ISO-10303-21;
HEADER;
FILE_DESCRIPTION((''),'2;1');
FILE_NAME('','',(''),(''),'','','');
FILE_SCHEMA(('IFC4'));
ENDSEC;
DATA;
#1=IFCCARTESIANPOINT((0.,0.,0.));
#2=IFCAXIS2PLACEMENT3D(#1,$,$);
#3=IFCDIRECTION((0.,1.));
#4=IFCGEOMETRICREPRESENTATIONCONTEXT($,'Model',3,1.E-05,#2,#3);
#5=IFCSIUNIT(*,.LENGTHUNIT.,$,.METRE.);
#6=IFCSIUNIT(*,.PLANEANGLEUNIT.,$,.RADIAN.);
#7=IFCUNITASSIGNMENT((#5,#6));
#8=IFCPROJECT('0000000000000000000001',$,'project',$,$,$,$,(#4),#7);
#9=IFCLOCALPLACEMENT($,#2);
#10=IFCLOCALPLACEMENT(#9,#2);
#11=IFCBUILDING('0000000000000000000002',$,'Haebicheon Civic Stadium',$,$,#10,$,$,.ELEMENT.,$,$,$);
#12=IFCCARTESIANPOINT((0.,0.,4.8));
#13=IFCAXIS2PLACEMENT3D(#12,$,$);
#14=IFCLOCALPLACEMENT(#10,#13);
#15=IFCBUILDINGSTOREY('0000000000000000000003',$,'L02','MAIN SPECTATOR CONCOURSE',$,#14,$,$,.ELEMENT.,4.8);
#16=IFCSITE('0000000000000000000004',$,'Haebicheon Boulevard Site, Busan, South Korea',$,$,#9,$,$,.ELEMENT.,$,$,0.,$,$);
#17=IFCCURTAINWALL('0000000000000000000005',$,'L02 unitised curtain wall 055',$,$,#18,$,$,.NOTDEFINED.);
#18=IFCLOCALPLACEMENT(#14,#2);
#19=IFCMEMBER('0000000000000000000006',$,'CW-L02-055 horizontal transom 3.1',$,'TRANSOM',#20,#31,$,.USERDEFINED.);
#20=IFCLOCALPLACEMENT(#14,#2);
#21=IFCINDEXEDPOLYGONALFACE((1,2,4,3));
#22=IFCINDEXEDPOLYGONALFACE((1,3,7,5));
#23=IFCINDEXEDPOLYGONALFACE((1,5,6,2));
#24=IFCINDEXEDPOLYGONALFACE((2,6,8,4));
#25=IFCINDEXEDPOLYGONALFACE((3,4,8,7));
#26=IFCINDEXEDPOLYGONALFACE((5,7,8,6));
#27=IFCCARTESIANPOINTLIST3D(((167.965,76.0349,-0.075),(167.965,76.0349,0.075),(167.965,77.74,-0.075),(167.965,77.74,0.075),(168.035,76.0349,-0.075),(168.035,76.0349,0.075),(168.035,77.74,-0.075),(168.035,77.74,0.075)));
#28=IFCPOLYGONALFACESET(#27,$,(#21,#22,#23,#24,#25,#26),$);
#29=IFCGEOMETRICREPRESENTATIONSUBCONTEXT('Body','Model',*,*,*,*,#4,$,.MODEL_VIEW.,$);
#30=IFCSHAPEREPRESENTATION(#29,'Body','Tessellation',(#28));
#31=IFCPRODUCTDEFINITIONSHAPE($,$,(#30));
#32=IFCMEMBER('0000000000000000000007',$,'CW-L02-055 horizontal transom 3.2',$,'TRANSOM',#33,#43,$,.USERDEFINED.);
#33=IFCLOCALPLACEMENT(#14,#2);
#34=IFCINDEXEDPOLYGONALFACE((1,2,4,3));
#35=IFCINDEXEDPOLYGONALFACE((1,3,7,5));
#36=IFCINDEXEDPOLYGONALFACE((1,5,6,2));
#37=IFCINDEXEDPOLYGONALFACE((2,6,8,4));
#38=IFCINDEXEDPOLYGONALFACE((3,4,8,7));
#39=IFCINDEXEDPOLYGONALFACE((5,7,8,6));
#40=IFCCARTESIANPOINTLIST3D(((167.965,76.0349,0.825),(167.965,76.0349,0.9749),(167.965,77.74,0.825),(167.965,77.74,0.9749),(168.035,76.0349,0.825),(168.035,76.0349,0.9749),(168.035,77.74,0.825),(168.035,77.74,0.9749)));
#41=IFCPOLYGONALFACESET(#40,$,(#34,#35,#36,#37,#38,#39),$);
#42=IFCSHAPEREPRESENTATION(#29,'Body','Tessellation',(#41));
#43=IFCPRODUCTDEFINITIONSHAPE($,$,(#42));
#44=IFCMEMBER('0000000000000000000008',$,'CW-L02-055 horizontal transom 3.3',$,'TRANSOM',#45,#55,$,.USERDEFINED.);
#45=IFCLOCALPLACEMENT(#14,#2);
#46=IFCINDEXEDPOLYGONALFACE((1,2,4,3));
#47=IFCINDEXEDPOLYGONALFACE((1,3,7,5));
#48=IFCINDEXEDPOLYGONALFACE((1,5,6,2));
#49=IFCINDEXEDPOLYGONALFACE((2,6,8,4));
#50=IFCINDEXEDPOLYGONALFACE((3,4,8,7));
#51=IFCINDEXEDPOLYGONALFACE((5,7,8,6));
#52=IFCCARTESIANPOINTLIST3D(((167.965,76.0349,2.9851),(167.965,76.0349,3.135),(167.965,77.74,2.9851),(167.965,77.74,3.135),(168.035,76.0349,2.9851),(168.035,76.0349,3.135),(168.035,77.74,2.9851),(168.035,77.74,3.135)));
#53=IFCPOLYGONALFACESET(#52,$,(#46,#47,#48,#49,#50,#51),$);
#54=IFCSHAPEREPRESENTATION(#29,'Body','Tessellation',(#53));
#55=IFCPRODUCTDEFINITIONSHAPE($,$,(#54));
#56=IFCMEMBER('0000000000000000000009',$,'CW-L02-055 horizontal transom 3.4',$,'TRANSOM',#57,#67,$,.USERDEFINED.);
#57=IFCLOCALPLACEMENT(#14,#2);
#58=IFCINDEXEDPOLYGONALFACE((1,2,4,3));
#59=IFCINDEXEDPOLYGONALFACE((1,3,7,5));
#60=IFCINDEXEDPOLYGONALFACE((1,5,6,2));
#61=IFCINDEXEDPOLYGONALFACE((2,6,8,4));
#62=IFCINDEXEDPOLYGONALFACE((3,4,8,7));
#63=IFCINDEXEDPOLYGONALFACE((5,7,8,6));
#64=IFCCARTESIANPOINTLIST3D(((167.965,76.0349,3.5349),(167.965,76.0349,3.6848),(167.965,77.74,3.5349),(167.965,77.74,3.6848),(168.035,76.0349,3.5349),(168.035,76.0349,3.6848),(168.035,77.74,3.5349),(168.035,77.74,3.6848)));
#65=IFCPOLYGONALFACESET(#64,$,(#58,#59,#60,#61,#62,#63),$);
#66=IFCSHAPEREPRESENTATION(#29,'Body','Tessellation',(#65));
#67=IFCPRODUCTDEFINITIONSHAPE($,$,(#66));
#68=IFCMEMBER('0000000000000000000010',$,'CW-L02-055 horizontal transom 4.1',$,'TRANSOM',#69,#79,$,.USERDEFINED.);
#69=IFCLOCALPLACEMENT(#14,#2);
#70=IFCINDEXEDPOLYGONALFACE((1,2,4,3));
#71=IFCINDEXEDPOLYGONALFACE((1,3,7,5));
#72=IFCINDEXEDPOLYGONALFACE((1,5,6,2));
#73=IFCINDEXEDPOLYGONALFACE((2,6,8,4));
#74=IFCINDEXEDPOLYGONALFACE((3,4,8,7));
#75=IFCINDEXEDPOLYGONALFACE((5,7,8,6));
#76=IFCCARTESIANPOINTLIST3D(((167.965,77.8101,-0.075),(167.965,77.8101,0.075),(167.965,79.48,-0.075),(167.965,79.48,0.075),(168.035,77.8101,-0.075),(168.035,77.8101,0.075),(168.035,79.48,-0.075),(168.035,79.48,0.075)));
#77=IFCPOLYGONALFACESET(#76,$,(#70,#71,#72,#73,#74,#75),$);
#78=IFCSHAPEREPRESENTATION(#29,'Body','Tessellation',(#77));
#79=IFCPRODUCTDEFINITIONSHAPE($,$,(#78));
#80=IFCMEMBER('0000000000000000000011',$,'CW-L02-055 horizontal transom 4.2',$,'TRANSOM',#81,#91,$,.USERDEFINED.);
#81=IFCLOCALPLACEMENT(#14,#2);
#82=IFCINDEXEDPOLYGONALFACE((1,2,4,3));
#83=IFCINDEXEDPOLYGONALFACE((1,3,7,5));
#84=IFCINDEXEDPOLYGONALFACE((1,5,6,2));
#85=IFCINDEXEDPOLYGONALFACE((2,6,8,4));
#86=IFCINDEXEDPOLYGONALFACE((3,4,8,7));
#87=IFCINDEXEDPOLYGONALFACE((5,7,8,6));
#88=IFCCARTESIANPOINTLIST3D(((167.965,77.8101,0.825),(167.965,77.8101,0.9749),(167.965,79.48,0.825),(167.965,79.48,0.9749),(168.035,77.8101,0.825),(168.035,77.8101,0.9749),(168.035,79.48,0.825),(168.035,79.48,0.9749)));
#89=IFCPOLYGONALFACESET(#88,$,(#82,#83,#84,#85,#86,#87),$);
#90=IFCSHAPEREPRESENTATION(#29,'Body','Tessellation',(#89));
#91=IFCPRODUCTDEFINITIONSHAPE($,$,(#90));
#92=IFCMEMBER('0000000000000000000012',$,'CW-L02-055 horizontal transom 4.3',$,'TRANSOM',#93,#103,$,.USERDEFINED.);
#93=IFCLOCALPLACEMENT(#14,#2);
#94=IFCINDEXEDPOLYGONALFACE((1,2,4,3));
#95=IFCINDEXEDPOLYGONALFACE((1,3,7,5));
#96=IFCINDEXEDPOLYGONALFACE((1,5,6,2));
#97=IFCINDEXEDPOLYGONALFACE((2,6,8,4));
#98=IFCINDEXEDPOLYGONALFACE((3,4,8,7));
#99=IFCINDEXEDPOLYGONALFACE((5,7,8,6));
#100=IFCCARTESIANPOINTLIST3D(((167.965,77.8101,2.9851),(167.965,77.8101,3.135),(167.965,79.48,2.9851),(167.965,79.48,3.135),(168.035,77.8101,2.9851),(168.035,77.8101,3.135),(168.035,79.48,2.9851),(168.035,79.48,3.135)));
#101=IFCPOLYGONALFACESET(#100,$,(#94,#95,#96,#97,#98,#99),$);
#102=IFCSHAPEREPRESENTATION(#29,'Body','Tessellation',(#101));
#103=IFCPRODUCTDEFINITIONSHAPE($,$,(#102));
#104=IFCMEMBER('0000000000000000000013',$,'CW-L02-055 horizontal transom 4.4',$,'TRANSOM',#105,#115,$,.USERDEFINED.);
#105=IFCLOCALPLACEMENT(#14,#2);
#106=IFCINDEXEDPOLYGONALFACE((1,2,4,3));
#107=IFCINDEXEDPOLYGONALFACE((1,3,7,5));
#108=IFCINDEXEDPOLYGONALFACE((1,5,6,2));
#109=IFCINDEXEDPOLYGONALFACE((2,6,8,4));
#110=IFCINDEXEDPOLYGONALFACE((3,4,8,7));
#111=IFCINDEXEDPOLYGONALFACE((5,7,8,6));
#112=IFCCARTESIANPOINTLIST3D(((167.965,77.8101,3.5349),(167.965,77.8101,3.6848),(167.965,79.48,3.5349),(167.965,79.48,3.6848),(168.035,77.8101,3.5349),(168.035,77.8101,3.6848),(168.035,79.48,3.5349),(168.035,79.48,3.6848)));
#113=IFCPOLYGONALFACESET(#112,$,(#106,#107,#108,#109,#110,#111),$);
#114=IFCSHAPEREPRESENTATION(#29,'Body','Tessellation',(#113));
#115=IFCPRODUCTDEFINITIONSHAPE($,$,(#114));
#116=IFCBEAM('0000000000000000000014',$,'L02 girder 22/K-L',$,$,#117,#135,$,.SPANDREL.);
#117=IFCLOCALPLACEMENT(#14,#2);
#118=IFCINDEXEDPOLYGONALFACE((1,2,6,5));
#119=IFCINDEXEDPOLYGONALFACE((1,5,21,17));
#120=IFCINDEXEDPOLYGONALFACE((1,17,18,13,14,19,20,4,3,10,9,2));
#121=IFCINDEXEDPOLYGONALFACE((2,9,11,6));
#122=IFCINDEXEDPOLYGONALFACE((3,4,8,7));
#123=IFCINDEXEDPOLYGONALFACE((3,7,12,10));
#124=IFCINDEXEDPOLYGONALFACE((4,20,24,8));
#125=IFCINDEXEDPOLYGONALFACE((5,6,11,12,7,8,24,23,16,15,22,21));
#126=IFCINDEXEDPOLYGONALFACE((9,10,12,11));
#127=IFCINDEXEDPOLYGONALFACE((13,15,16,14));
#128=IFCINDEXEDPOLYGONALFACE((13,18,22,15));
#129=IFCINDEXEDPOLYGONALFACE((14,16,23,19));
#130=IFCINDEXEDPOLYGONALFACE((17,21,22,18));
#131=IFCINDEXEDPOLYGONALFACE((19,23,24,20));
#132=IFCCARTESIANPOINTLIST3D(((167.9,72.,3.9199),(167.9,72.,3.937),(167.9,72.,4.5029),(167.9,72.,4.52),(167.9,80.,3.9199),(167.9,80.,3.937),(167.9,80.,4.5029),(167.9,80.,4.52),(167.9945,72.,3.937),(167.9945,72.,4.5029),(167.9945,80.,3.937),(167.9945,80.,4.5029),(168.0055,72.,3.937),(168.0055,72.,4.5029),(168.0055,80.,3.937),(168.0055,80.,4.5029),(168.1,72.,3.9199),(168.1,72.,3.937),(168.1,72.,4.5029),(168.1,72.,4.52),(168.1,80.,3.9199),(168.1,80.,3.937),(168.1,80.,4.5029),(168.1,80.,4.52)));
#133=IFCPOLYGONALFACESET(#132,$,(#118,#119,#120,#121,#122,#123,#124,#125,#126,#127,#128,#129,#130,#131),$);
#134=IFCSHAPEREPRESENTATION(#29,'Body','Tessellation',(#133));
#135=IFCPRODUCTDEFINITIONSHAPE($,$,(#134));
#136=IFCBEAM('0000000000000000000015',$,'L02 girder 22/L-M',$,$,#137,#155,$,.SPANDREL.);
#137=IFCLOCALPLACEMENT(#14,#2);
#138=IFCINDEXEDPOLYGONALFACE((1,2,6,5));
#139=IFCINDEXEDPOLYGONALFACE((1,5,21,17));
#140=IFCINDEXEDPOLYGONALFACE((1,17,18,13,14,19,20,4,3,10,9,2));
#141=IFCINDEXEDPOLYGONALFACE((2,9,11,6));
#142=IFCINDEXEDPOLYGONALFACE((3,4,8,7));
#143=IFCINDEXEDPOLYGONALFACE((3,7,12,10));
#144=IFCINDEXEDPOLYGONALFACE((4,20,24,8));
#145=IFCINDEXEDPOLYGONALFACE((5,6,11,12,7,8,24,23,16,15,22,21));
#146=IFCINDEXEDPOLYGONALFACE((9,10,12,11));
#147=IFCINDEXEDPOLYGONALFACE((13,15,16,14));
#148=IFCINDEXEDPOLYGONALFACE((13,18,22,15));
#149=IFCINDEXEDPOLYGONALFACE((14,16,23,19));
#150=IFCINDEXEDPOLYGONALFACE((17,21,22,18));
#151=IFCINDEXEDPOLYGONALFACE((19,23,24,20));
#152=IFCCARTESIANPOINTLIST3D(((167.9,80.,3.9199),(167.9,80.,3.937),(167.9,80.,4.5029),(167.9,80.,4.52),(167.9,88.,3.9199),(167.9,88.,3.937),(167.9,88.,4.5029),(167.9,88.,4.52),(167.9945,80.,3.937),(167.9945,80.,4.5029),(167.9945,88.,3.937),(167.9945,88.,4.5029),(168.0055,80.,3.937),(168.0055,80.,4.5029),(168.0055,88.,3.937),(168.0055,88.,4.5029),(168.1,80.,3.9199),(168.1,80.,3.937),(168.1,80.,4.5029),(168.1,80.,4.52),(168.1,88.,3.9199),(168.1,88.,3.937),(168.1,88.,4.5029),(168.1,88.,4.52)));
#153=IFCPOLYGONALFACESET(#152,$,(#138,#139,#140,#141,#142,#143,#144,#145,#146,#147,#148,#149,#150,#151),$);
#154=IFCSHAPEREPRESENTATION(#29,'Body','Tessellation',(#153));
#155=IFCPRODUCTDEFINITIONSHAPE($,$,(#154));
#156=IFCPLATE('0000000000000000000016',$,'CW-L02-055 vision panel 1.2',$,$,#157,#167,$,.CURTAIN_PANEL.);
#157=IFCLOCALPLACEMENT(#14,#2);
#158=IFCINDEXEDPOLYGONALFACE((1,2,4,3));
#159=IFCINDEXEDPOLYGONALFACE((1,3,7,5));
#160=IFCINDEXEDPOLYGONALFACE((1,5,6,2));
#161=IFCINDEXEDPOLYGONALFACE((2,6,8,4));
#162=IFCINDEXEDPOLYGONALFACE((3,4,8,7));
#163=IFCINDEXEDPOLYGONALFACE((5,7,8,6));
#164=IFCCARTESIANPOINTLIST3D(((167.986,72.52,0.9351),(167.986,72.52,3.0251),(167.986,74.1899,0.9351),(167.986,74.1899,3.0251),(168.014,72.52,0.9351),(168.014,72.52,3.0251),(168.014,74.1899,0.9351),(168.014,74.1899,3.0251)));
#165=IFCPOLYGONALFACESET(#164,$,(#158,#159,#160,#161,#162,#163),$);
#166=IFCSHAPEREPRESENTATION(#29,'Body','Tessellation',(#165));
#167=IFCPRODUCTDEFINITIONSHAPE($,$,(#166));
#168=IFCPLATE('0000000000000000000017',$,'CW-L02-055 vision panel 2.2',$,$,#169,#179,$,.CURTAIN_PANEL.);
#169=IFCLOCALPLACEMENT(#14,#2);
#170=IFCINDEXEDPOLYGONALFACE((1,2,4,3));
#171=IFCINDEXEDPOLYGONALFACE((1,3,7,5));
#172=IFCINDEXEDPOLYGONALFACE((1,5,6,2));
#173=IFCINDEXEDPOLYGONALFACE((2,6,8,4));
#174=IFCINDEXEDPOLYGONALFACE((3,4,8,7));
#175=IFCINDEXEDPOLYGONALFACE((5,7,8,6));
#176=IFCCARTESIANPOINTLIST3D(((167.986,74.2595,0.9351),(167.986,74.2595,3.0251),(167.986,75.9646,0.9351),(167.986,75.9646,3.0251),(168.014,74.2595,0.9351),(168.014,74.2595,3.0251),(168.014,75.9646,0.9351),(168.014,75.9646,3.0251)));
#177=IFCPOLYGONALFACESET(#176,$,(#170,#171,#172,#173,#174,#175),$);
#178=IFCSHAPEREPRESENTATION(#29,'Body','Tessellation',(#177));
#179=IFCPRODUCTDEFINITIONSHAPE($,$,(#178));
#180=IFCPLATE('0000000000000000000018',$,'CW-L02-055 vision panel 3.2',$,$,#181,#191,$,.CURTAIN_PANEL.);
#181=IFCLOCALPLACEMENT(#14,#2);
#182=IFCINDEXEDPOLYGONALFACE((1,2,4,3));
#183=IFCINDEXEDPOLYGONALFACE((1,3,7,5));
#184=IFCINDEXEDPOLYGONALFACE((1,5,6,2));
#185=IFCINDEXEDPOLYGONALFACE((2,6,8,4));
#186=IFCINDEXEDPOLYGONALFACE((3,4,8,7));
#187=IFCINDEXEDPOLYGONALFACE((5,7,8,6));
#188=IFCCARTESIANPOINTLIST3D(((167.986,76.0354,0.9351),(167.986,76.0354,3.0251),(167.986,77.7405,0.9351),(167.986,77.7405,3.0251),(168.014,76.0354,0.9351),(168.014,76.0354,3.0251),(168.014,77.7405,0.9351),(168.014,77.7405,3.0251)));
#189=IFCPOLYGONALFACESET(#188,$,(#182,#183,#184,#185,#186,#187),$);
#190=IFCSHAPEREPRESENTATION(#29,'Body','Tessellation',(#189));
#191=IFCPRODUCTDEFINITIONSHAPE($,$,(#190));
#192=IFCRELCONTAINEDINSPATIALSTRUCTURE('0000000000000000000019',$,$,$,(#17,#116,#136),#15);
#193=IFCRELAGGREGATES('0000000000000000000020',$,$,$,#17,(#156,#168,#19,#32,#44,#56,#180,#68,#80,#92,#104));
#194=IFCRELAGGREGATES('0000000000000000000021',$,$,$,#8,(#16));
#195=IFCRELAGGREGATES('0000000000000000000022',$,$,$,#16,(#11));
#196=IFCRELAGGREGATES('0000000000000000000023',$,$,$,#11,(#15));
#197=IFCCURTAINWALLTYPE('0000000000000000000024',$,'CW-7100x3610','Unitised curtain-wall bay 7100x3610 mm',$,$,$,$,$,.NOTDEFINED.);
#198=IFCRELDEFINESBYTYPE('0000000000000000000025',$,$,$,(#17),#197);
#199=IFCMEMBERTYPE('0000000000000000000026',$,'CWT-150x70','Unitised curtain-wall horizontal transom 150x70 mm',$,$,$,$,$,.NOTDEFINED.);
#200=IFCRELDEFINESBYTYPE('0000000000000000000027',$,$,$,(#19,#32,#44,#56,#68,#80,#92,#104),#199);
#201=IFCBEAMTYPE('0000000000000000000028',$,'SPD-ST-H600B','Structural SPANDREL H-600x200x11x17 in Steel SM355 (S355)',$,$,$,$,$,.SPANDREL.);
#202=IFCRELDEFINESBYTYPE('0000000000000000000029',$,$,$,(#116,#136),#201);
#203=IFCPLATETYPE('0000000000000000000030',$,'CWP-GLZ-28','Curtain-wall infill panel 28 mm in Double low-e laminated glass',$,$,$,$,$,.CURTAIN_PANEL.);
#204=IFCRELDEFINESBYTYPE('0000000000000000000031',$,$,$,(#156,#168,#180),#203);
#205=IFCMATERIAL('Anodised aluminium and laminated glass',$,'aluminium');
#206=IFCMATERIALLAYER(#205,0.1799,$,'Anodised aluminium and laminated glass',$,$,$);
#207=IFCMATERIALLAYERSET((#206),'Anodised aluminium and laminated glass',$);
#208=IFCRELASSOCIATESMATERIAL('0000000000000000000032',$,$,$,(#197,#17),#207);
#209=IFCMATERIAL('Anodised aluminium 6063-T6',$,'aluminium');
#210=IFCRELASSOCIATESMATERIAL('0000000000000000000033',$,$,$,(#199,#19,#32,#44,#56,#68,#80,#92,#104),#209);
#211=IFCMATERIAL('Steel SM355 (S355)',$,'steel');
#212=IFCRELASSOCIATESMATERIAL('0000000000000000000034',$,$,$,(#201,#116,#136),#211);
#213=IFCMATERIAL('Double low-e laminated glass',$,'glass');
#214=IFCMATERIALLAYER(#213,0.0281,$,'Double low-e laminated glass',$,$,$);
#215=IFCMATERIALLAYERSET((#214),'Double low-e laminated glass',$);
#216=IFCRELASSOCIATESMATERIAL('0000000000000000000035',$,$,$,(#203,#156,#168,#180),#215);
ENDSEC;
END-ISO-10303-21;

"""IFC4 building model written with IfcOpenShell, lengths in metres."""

from ifc_helpers import new_model, si_unit, direction, frame, origin, origin_2d, place, context, subcontext, project, spatial, rectangle, i_section, extrude, material, layer, layer_set, material_profile, profile_set, type_object, element, aggregate, save


model = new_model("IFC4")

# Units and contexts
model_context = context("Model", 3, precision=1e-05, world=origin(), true_north=direction((0.0, 1.0)))
body_context = subcontext(model_context, "Body", "Model", "MODEL_VIEW")
ifc_project = project(units=[si_unit("LENGTHUNIT", "METRE"), si_unit("PLANEANGLEUNIT", "RADIAN")], contexts=[model_context])

# Site, building, storey
site_placement = place(None, origin())
site = spatial("IfcSite", under=ifc_project, at=site_placement, Name="Haebicheon Boulevard Site, Busan, South Korea", CompositionType="ELEMENT", RefElevation=0.0)
building_placement = place(site_placement, origin())
building = spatial("IfcBuilding", under=site, at=building_placement, Name="Haebicheon Civic Stadium", CompositionType="ELEMENT")
storey_placement = place(building_placement, frame((0.0, 0.0, 4.8)))
storey = spatial("IfcBuildingStorey", under=building, at=storey_placement, Name="L02", Description="MAIN SPECTATOR CONCOURSE", CompositionType="ELEMENT", Elevation=4.8)

# Curtain wall, members
ifc_material_1 = material(Name="Anodised aluminium and laminated glass", Category="aluminium")
ifc_layer_1 = layer(ifc_material_1, 0.1799, Name="Anodised aluminium and laminated glass")
ifc_layer_set_1 = layer_set([ifc_layer_1], Name="Anodised aluminium and laminated glass")
curtain_wall_type = type_object("IfcCurtainWallType", Name="CW-7100x3610", Description="Unitised curtain-wall bay 7100x3610 mm", PredefinedType="NOTDEFINED", material=ifc_layer_set_1)
curtain_wall_placement = place(storey_placement, origin())
curtain_wall = element("IfcCurtainWall", 1, at=curtain_wall_placement, inside=storey, type_object=curtain_wall_type, material=ifc_layer_set_1, Name="L02 unitised curtain wall 055", PredefinedType="NOTDEFINED")
ifc_material_2 = material(Name="Anodised aluminium 6063-T6", Category="aluminium")
ifc_material_profile_1 = material_profile(ifc_material_2, rectangle(XDim=0.0701, YDim=0.1499, at=origin_2d()), Name="ALU-TRAN-70x150")
ifc_profile_set_1 = profile_set([ifc_material_profile_1], Name="Anodised aluminium 6063-T6")
member_type_1 = type_object("IfcMemberType", Name="CWT-150x70", Description="Unitised curtain-wall horizontal transom 150x70 mm", PredefinedType="NOTDEFINED", material=ifc_profile_set_1)
member_1_placement = place(storey_placement, frame((168.0, 76.0349, 0.0), z_axis=(0.0, 1.0, 0.0), x_axis=(-1.0, 0.0, 0.0)))
member_1 = element("IfcMember", 2, at=member_1_placement, type_object=member_type_1, material=ifc_profile_set_1, Name="CW-L02-055 horizontal transom 3.1", ObjectType="TRANSOM", PredefinedType="USERDEFINED", context=body_context, shape_type="SweptSolid", body=[
    extrude(rectangle(XDim=0.0701, YDim=0.1499, at=origin_2d()), origin(), (0.0, 0.0, 1.0), 1.7051),
])
member_2_placement = place(storey_placement, frame((168.0, 76.0349, 0.8999), z_axis=(0.0, 1.0, 0.0), x_axis=(-1.0, 0.0, 0.0)))
member_2 = element("IfcMember", 3, at=member_2_placement, type_object=member_type_1, material=ifc_profile_set_1, Name="CW-L02-055 horizontal transom 3.2", ObjectType="TRANSOM", PredefinedType="USERDEFINED", context=body_context, shape_type="SweptSolid", body=[
    extrude(rectangle(XDim=0.0701, YDim=0.1499, at=origin_2d()), origin(), (0.0, 0.0, 1.0), 1.7051),
])
member_3_placement = place(storey_placement, frame((168.0, 76.0349, 3.0601), z_axis=(0.0, 1.0, 0.0), x_axis=(-1.0, 0.0, 0.0)))
member_3 = element("IfcMember", 4, at=member_3_placement, type_object=member_type_1, material=ifc_profile_set_1, Name="CW-L02-055 horizontal transom 3.3", ObjectType="TRANSOM", PredefinedType="USERDEFINED", context=body_context, shape_type="SweptSolid", body=[
    extrude(rectangle(XDim=0.0701, YDim=0.1499, at=origin_2d()), origin(), (0.0, 0.0, 1.0), 1.7051),
])
member_4_placement = place(storey_placement, frame((168.0, 76.0349, 3.6099), z_axis=(0.0, 1.0, 0.0), x_axis=(-1.0, 0.0, 0.0)))
member_4 = element("IfcMember", 5, at=member_4_placement, type_object=member_type_1, material=ifc_profile_set_1, Name="CW-L02-055 horizontal transom 3.4", ObjectType="TRANSOM", PredefinedType="USERDEFINED", context=body_context, shape_type="SweptSolid", body=[
    extrude(rectangle(XDim=0.0701, YDim=0.1499, at=origin_2d()), origin(), (0.0, 0.0, 1.0), 1.7051),
])
member_5_placement = place(storey_placement, frame((168.0, 77.8101, 0.0), z_axis=(0.0, 1.0, 0.0), x_axis=(-1.0, 0.0, 0.0)))
member_5 = element("IfcMember", 6, at=member_5_placement, type_object=member_type_1, material=ifc_profile_set_1, Name="CW-L02-055 horizontal transom 4.1", ObjectType="TRANSOM", PredefinedType="USERDEFINED", context=body_context, shape_type="SweptSolid", body=[
    extrude(rectangle(XDim=0.0701, YDim=0.1499, at=origin_2d()), origin(), (0.0, 0.0, 1.0), 1.6699),
])
member_6_placement = place(storey_placement, frame((168.0, 77.8101, 0.8999), z_axis=(0.0, 1.0, 0.0), x_axis=(-1.0, 0.0, 0.0)))
member_6 = element("IfcMember", 7, at=member_6_placement, type_object=member_type_1, material=ifc_profile_set_1, Name="CW-L02-055 horizontal transom 4.2", ObjectType="TRANSOM", PredefinedType="USERDEFINED", context=body_context, shape_type="SweptSolid", body=[
    extrude(rectangle(XDim=0.0701, YDim=0.1499, at=origin_2d()), origin(), (0.0, 0.0, 1.0), 1.6699),
])
member_7_placement = place(storey_placement, frame((168.0, 77.8101, 3.0601), z_axis=(0.0, 1.0, 0.0), x_axis=(-1.0, 0.0, 0.0)))
member_7 = element("IfcMember", 8, at=member_7_placement, type_object=member_type_1, material=ifc_profile_set_1, Name="CW-L02-055 horizontal transom 4.3", ObjectType="TRANSOM", PredefinedType="USERDEFINED", context=body_context, shape_type="SweptSolid", body=[
    extrude(rectangle(XDim=0.0701, YDim=0.1499, at=origin_2d()), origin(), (0.0, 0.0, 1.0), 1.6699),
])
member_8_placement = place(storey_placement, frame((168.0, 77.8101, 3.6099), z_axis=(0.0, 1.0, 0.0), x_axis=(-1.0, 0.0, 0.0)))
member_8 = element("IfcMember", 9, at=member_8_placement, type_object=member_type_1, material=ifc_profile_set_1, Name="CW-L02-055 horizontal transom 4.4", ObjectType="TRANSOM", PredefinedType="USERDEFINED", context=body_context, shape_type="SweptSolid", body=[
    extrude(rectangle(XDim=0.0701, YDim=0.1499, at=origin_2d()), origin(), (0.0, 0.0, 1.0), 1.6699),
])

# Beams
ifc_material_3 = material(Name="Steel SM355 (S355)", Category="steel")
ifc_material_profile_2 = material_profile(ifc_material_3, i_section(OverallWidth=0.2, OverallDepth=0.6001, WebThickness=0.011, FlangeThickness=0.0171, at=origin_2d()), Name="H-600x200x11x17")
ifc_profile_set_2 = profile_set([ifc_material_profile_2], Name="Steel SM355 (S355)")
beam_type = type_object("IfcBeamType", Name="SPD-ST-H600B", Description="Structural SPANDREL H-600x200x11x17 in Steel SM355 (S355)", PredefinedType="SPANDREL", material=ifc_profile_set_2)
for number, where, z_axis, x_axis, name in (
    (10, (168.0, 72.0, 4.22), (0.0, 1.0, 0.0), (-1.0, 0.0, 0.0), "L02 girder 22/K-L"),
    (11, (168.0, 80.0, 4.22), (0.0, 1.0, 0.0), (-1.0, 0.0, 0.0), "L02 girder 22/L-M"),
):
    element("IfcBeam", number, at=place(storey_placement, frame(where, z_axis=z_axis, x_axis=x_axis)), inside=storey, type_object=beam_type, material=ifc_profile_set_2, Name=name, PredefinedType="SPANDREL", context=body_context, shape_type="SweptSolid", body=[
        extrude(i_section(OverallWidth=0.2, OverallDepth=0.6001, WebThickness=0.011, FlangeThickness=0.0171, at=origin_2d()), origin(), (0.0, 0.0, 1.0), 8.0),
    ])

# Plates
ifc_material_4 = material(Name="Double low-e laminated glass", Category="glass")
ifc_layer_2 = layer(ifc_material_4, 0.0281, Name="Double low-e laminated glass")
ifc_layer_set_2 = layer_set([ifc_layer_2], Name="Double low-e laminated glass")
plate_type_1 = type_object("IfcPlateType", Name="CWP-GLZ-28", Description="Curtain-wall infill panel 28 mm in Double low-e laminated glass", PredefinedType="CURTAIN_PANEL", material=ifc_layer_set_2)
plate_1_placement = place(storey_placement, frame((168.0, 73.355, 0.9351), z_axis=(0.0, 0.0, 1.0), x_axis=(0.0, 1.0, 0.0)))
plate_1 = element("IfcPlate", 12, at=plate_1_placement, type_object=plate_type_1, material=ifc_layer_set_2, Name="CW-L02-055 vision panel 1.2", PredefinedType="CURTAIN_PANEL", context=body_context, shape_type="SweptSolid", body=[
    extrude(rectangle(XDim=1.6699, YDim=0.0281, at=origin_2d()), origin(), (0.0, 0.0, 1.0), 2.0901),
])
plate_2_placement = place(storey_placement, frame((168.0, 75.1121, 0.9351), z_axis=(0.0, 0.0, 1.0), x_axis=(0.0, 1.0, 0.0)))
plate_2 = element("IfcPlate", 13, at=plate_2_placement, type_object=plate_type_1, material=ifc_layer_set_2, Name="CW-L02-055 vision panel 2.2", PredefinedType="CURTAIN_PANEL", context=body_context, shape_type="SweptSolid", body=[
    extrude(rectangle(XDim=1.7051, YDim=0.0281, at=origin_2d()), origin(), (0.0, 0.0, 1.0), 2.0901),
])
plate_3_placement = place(storey_placement, frame((168.0, 76.8879, 0.9351), z_axis=(0.0, 0.0, 1.0), x_axis=(0.0, 1.0, 0.0)))
plate_3 = element("IfcPlate", 14, at=plate_3_placement, type_object=plate_type_1, material=ifc_layer_set_2, Name="CW-L02-055 vision panel 3.2", PredefinedType="CURTAIN_PANEL", context=body_context, shape_type="SweptSolid", body=[
    extrude(rectangle(XDim=1.7051, YDim=0.0281, at=origin_2d()), origin(), (0.0, 0.0, 1.0), 2.0901),
])
aggregate(curtain_wall, [plate_1, plate_2, member_1, member_2, member_3, member_4, plate_3, member_5, member_6, member_7, member_8])

save(model, "model.ifc")
